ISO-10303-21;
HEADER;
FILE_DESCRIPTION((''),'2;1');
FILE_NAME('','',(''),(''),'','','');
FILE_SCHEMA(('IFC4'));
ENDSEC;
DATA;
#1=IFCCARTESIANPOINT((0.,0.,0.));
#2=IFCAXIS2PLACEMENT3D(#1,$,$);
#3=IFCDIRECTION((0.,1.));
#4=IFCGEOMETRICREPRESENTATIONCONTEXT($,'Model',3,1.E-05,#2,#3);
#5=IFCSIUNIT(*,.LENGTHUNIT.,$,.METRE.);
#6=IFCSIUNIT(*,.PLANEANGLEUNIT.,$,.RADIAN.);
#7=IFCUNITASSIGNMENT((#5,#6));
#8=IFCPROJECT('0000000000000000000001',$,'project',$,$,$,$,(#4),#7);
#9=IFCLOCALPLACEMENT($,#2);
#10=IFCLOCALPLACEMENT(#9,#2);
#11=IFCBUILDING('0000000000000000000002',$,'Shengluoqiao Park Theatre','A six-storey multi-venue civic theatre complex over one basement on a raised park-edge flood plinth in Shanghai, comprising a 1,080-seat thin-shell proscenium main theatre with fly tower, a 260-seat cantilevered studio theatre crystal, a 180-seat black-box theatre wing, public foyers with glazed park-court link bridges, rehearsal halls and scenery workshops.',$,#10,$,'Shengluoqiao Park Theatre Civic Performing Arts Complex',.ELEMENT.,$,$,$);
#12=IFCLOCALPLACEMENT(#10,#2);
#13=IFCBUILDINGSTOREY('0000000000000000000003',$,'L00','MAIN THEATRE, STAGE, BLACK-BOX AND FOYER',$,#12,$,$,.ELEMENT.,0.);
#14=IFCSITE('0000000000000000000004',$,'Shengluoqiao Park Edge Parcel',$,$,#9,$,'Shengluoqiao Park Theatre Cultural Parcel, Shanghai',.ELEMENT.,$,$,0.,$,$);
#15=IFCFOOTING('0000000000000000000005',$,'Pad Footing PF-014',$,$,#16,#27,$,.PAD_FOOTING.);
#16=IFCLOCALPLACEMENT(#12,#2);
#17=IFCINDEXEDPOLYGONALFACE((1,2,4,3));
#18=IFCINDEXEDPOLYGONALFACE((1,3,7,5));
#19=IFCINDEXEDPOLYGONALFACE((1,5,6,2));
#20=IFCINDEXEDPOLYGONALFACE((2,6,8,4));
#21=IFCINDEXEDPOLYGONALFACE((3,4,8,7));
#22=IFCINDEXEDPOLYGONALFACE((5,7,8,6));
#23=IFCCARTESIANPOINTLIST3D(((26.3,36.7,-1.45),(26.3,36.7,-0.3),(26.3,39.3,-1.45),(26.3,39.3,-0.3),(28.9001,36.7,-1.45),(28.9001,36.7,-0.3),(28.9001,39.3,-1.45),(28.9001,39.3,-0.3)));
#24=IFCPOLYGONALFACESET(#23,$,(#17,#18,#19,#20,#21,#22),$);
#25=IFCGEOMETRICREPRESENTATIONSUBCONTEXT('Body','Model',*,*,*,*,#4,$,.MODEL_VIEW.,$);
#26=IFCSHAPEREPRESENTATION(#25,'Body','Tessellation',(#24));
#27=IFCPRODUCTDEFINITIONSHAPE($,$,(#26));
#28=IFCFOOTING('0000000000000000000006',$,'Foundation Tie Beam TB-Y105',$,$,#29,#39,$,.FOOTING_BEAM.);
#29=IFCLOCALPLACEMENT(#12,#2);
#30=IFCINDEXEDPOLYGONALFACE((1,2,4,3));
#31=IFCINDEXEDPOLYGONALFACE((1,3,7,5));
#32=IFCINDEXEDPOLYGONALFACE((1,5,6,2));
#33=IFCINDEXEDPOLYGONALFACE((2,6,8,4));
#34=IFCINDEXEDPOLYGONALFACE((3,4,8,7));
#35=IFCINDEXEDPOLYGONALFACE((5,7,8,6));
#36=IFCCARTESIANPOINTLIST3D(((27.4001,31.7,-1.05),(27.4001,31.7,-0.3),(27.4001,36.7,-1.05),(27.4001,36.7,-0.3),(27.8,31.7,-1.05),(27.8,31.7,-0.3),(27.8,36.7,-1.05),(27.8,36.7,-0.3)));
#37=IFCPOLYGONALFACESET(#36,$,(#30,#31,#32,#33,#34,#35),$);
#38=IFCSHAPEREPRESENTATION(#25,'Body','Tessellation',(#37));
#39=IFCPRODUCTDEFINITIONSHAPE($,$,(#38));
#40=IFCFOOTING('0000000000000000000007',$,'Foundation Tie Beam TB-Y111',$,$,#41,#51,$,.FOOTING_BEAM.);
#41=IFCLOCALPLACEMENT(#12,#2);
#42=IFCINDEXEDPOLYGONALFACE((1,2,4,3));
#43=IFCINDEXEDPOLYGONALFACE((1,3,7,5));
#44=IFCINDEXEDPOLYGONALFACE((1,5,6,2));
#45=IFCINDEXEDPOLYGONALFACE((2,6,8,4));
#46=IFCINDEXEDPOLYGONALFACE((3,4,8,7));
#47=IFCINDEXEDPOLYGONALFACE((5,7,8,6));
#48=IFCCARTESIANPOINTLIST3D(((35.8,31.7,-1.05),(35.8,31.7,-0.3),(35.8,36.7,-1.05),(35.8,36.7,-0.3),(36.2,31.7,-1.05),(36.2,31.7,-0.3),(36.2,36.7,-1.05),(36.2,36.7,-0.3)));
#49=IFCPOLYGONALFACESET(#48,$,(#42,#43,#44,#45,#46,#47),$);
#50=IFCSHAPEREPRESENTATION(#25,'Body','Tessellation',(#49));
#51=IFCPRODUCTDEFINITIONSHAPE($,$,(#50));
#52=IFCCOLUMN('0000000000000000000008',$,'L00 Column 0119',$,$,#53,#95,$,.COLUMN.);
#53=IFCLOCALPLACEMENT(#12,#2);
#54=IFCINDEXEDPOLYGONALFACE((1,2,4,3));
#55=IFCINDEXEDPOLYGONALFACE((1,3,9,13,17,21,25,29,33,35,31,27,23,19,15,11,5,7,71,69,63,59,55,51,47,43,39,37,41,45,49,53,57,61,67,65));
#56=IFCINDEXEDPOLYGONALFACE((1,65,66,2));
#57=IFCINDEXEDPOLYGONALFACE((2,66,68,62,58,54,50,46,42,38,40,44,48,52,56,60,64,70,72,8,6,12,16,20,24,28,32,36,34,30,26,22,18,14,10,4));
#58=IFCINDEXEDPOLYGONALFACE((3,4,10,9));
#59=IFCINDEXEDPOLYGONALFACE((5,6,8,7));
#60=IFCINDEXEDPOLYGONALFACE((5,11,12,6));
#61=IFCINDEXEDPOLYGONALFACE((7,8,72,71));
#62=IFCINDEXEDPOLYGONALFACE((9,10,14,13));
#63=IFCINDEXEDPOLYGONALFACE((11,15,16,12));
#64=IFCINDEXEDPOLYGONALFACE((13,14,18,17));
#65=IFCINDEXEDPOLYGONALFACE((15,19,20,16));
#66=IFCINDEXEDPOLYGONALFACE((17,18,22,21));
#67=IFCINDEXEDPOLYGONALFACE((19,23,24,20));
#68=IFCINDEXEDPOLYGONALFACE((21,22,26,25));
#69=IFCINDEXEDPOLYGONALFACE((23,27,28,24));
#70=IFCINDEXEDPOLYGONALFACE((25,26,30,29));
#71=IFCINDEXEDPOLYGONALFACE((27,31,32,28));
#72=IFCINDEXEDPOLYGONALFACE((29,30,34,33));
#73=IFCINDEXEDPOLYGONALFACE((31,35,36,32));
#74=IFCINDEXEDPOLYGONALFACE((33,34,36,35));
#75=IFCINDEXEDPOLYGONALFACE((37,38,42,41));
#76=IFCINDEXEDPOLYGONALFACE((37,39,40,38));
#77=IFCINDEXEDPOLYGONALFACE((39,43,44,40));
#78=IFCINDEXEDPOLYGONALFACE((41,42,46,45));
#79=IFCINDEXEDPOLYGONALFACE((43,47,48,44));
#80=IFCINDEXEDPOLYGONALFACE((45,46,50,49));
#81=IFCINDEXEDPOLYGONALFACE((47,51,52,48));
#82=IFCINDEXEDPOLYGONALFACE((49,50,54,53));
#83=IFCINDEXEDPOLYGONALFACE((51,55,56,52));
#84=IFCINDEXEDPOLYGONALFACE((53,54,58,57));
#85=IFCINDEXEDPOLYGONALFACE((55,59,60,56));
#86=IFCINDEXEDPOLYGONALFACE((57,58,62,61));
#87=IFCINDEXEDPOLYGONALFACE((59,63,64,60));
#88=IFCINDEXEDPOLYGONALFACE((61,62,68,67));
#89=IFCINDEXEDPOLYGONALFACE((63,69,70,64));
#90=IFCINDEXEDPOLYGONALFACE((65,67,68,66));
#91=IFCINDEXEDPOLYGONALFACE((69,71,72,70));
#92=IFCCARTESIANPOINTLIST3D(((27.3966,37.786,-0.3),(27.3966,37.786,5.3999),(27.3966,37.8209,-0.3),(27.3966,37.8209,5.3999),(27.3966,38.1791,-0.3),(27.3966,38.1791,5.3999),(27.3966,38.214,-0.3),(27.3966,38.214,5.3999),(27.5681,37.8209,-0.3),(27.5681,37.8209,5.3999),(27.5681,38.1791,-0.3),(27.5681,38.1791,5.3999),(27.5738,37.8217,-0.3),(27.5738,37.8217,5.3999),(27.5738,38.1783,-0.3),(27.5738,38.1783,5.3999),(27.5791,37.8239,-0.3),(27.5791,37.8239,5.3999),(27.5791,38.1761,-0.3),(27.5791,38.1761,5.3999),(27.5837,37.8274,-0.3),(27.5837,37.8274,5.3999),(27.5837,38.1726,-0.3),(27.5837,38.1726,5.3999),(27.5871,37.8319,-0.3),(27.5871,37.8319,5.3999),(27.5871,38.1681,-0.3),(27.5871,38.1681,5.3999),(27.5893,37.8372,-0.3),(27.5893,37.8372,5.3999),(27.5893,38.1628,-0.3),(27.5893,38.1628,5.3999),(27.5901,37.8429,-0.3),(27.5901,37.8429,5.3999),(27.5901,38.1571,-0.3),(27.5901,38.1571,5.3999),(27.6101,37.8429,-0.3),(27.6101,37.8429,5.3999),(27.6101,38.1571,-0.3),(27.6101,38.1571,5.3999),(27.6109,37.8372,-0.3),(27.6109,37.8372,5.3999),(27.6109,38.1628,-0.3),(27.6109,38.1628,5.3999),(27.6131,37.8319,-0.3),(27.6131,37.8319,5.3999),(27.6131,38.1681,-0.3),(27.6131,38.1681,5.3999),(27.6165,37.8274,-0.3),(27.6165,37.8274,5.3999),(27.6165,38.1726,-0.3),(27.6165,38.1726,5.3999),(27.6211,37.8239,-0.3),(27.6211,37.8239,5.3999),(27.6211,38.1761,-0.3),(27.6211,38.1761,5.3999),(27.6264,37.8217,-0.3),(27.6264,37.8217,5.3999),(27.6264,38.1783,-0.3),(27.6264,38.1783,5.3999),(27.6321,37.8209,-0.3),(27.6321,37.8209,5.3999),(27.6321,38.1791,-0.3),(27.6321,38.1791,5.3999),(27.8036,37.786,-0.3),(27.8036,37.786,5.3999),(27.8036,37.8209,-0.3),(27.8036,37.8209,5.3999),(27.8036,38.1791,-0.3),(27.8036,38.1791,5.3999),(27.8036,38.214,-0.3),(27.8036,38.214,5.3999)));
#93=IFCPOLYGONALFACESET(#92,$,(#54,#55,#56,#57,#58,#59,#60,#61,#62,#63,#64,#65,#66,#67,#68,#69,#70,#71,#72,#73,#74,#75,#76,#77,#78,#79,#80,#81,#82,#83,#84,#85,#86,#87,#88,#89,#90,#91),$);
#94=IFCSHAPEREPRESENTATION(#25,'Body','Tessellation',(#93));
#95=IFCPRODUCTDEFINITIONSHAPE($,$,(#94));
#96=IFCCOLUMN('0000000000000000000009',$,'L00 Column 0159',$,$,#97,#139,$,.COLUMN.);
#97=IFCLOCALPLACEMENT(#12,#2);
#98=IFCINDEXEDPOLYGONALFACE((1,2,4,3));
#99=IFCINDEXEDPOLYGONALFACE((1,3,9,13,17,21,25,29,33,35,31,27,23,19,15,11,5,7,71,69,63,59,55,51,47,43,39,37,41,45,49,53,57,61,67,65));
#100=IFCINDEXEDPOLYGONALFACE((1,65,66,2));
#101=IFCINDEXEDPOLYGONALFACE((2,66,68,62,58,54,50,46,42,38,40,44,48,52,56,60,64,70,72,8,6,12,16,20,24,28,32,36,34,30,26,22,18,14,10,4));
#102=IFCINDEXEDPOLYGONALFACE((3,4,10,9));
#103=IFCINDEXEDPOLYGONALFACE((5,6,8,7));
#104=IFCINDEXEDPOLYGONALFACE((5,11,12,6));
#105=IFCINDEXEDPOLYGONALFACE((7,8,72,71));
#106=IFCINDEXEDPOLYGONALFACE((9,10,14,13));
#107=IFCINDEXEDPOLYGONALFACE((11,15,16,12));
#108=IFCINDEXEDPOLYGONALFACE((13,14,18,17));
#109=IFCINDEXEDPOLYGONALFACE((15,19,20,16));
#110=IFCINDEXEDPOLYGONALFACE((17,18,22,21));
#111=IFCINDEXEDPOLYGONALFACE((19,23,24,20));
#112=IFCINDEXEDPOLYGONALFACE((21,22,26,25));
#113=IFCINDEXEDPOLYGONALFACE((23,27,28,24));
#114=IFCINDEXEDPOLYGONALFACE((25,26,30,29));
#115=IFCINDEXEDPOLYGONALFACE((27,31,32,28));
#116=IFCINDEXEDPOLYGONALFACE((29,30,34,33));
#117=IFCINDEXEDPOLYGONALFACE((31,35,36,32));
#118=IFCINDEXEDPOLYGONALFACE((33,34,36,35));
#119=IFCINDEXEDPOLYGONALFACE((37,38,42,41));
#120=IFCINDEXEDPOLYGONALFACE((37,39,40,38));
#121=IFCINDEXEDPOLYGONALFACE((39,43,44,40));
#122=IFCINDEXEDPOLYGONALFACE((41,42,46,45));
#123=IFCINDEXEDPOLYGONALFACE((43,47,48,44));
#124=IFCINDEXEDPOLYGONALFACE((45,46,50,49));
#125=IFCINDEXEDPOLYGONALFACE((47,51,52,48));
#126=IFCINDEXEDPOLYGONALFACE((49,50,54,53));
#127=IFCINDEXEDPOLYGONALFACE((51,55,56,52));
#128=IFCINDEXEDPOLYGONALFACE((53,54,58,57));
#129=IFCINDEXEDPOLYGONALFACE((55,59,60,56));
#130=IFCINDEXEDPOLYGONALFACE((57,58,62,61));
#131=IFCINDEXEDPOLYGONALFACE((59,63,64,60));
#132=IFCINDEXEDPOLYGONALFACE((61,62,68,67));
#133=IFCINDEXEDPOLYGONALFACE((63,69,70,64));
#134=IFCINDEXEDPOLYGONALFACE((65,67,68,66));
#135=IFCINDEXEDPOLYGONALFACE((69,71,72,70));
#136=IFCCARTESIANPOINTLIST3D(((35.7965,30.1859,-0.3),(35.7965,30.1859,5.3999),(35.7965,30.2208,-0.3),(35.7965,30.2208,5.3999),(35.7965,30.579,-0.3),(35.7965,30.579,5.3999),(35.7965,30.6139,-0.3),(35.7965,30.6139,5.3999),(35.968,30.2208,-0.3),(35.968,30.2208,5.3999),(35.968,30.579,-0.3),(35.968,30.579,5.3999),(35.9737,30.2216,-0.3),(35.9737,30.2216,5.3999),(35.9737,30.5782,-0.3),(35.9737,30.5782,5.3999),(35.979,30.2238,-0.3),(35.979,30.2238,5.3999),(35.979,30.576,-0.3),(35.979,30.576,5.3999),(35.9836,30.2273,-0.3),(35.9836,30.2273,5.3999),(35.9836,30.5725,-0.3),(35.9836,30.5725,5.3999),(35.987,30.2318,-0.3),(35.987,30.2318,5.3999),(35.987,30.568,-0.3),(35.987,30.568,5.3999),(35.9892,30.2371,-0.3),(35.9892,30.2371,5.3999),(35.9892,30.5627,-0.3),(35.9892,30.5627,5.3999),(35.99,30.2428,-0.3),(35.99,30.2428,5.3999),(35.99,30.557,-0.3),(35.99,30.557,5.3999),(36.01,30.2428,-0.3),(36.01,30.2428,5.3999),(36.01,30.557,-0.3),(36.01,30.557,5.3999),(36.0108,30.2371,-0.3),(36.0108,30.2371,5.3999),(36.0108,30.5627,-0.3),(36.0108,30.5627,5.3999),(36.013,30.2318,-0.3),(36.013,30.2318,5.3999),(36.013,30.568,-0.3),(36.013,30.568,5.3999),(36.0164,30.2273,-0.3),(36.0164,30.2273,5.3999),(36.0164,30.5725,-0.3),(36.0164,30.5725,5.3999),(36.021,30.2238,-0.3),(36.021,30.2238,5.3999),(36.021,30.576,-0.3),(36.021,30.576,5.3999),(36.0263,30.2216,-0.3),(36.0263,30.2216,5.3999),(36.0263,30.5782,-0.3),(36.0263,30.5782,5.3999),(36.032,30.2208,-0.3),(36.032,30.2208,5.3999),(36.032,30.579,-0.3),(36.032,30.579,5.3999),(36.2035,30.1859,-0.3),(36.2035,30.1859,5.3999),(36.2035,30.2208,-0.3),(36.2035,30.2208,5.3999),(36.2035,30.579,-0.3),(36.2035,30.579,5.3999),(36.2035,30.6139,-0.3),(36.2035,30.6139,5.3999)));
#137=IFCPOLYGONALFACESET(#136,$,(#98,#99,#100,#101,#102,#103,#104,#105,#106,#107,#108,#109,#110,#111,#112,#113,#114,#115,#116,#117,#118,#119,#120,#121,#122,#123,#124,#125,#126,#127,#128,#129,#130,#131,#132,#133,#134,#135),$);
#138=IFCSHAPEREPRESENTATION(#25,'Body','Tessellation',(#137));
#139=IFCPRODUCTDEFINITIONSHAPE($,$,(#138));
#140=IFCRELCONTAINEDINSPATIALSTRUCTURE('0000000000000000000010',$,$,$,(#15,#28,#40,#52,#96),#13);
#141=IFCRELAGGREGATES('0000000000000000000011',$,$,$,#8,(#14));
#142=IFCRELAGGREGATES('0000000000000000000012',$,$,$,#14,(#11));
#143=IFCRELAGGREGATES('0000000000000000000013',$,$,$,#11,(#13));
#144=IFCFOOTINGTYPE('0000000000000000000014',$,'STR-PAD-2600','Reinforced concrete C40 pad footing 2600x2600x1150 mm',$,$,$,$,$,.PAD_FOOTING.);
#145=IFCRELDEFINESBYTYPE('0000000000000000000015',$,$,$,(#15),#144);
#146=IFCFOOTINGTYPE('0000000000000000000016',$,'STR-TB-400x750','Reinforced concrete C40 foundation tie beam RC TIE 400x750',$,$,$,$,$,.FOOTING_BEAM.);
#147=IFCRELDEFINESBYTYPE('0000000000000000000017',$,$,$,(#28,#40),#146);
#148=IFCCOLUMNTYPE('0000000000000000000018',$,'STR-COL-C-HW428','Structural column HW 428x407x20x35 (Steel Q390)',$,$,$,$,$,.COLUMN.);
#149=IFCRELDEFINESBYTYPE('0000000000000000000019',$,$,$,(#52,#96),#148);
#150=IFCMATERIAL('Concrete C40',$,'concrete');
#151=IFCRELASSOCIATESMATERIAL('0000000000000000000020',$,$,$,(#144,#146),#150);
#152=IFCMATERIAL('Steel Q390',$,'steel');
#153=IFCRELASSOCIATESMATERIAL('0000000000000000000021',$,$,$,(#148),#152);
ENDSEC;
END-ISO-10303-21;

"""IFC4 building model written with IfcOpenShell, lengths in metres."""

from ifc_helpers import new_model, si_unit, direction, frame, origin, origin_2d, place, context, subcontext, project, spatial, rectangle, i_section, extrude, material, material_profile, profile_set, type_object, element, save


model = new_model("IFC4")

# Units and contexts
model_context = context("Model", 3, precision=1e-05, world=origin(), true_north=direction((0.0, 1.0)))
body_context = subcontext(model_context, "Body", "Model", "MODEL_VIEW")
ifc_project = project(units=[si_unit("LENGTHUNIT", "METRE"), si_unit("PLANEANGLEUNIT", "RADIAN")], contexts=[model_context])

# Site, building, storey
site_placement = place(None, origin())
site = spatial("IfcSite", under=ifc_project, at=site_placement, Name="Shengluoqiao Park Edge Parcel", LongName="Shengluoqiao Park Theatre Cultural Parcel, Shanghai", CompositionType="ELEMENT", RefElevation=0.0)
building_placement = place(site_placement, origin())
building = spatial("IfcBuilding", under=site, at=building_placement, Name="Shengluoqiao Park Theatre", Description="A six-storey multi-venue civic theatre complex over one basement on a raised park-edge flood plinth in Shanghai, comprising a 1,080-seat thin-shell proscenium main theatre with fly tower, a 260-seat cantilevered studio theatre crystal, a 180-seat black-box theatre wing, public foyers with glazed park-court link bridges, rehearsal halls and scenery workshops.", LongName="Shengluoqiao Park Theatre Civic Performing Arts Complex", CompositionType="ELEMENT")
storey_placement = place(building_placement, origin())
storey = spatial("IfcBuildingStorey", under=building, at=storey_placement, Name="L00", Description="MAIN THEATRE, STAGE, BLACK-BOX AND FOYER", CompositionType="ELEMENT", Elevation=0.0)

# Footings
ifc_material_1 = material(Name="Concrete C40", Category="concrete")
footing_type_1 = type_object("IfcFootingType", Name="STR-PAD-2600", Description="Reinforced concrete C40 pad footing 2600x2600x1150 mm", PredefinedType="PAD_FOOTING", material=ifc_material_1)
footing_placement = place(storey_placement, frame((27.6001, 38.0, -1.45), z_axis=(0.0, 0.0, 1.0), x_axis=(1.0, 0.0, 0.0)))
element("IfcFooting", 1, at=footing_placement, inside=storey, type_object=footing_type_1, Name="Pad Footing PF-014", PredefinedType="PAD_FOOTING", context=body_context, shape_type="SweptSolid", body=[
    extrude(rectangle(XDim=2.6001, YDim=2.6001, at=origin_2d()), origin(), (0.0, 0.0, 1.0), 1.1499),
])
ifc_material_profile_1 = material_profile(ifc_material_1, rectangle(XDim=0.3999, YDim=0.75, at=origin_2d()), Name="RC TIE 400x750")
ifc_profile_set_1 = profile_set([ifc_material_profile_1], Name="Concrete C40")
footing_type_2 = type_object("IfcFootingType", Name="STR-TB-400x750", Description="Reinforced concrete C40 foundation tie beam RC TIE 400x750", PredefinedType="FOOTING_BEAM", material=ifc_profile_set_1)
for number, where, z_axis, x_axis, name in (
    (2, (27.6001, 31.7, -0.675), (0.0, 1.0, 0.0), (-1.0, 0.0, 0.0), "Foundation Tie Beam TB-Y105"),
    (3, (36.0, 31.7, -0.675), (0.0, 1.0, 0.0), (-1.0, 0.0, 0.0), "Foundation Tie Beam TB-Y111"),
):
    element("IfcFooting", number, at=place(storey_placement, frame(where, z_axis=z_axis, x_axis=x_axis)), inside=storey, type_object=footing_type_2, Name=name, PredefinedType="FOOTING_BEAM", context=body_context, shape_type="SweptSolid", body=[
        extrude(rectangle(XDim=0.3999, YDim=0.75, at=origin_2d()), origin(), (0.0, 0.0, 1.0), 5.0),
    ])

# Columns
ifc_material_2 = material(Name="Steel Q390", Category="steel")
ifc_material_profile_2 = material_profile(ifc_material_2, i_section(OverallWidth=0.407, OverallDepth=0.428, WebThickness=0.02, FlangeThickness=0.0349, FilletRadius=0.022, at=origin_2d()), Name="HW 428x407x20x35")
ifc_profile_set_2 = profile_set([ifc_material_profile_2], Name="Steel Q390")
column_type = type_object("IfcColumnType", Name="STR-COL-C-HW428", Description="Structural column HW 428x407x20x35 (Steel Q390)", PredefinedType="COLUMN", material=ifc_profile_set_2)
for number, where, z_axis, x_axis, name in (
    (4, (27.6001, 38.0, -0.3), (0.0, 0.0, 1.0), (1.0, 0.0, 0.0), "L00 Column 0119"),
    (5, (36.0, 30.3999, -0.3), (0.0, 0.0, 1.0), (1.0, 0.0, 0.0), "L00 Column 0159"),
):
    element("IfcColumn", number, at=place(storey_placement, frame(where, z_axis=z_axis, x_axis=x_axis)), inside=storey, type_object=column_type, Name=name, PredefinedType="COLUMN", context=body_context, shape_type="SweptSolid", body=[
        extrude(i_section(OverallWidth=0.407, OverallDepth=0.428, WebThickness=0.02, FlangeThickness=0.0349, FilletRadius=0.022, at=origin_2d()), origin(), (0.0, 0.0, 1.0), 5.7),
    ])

save(model, "model.ifc")
